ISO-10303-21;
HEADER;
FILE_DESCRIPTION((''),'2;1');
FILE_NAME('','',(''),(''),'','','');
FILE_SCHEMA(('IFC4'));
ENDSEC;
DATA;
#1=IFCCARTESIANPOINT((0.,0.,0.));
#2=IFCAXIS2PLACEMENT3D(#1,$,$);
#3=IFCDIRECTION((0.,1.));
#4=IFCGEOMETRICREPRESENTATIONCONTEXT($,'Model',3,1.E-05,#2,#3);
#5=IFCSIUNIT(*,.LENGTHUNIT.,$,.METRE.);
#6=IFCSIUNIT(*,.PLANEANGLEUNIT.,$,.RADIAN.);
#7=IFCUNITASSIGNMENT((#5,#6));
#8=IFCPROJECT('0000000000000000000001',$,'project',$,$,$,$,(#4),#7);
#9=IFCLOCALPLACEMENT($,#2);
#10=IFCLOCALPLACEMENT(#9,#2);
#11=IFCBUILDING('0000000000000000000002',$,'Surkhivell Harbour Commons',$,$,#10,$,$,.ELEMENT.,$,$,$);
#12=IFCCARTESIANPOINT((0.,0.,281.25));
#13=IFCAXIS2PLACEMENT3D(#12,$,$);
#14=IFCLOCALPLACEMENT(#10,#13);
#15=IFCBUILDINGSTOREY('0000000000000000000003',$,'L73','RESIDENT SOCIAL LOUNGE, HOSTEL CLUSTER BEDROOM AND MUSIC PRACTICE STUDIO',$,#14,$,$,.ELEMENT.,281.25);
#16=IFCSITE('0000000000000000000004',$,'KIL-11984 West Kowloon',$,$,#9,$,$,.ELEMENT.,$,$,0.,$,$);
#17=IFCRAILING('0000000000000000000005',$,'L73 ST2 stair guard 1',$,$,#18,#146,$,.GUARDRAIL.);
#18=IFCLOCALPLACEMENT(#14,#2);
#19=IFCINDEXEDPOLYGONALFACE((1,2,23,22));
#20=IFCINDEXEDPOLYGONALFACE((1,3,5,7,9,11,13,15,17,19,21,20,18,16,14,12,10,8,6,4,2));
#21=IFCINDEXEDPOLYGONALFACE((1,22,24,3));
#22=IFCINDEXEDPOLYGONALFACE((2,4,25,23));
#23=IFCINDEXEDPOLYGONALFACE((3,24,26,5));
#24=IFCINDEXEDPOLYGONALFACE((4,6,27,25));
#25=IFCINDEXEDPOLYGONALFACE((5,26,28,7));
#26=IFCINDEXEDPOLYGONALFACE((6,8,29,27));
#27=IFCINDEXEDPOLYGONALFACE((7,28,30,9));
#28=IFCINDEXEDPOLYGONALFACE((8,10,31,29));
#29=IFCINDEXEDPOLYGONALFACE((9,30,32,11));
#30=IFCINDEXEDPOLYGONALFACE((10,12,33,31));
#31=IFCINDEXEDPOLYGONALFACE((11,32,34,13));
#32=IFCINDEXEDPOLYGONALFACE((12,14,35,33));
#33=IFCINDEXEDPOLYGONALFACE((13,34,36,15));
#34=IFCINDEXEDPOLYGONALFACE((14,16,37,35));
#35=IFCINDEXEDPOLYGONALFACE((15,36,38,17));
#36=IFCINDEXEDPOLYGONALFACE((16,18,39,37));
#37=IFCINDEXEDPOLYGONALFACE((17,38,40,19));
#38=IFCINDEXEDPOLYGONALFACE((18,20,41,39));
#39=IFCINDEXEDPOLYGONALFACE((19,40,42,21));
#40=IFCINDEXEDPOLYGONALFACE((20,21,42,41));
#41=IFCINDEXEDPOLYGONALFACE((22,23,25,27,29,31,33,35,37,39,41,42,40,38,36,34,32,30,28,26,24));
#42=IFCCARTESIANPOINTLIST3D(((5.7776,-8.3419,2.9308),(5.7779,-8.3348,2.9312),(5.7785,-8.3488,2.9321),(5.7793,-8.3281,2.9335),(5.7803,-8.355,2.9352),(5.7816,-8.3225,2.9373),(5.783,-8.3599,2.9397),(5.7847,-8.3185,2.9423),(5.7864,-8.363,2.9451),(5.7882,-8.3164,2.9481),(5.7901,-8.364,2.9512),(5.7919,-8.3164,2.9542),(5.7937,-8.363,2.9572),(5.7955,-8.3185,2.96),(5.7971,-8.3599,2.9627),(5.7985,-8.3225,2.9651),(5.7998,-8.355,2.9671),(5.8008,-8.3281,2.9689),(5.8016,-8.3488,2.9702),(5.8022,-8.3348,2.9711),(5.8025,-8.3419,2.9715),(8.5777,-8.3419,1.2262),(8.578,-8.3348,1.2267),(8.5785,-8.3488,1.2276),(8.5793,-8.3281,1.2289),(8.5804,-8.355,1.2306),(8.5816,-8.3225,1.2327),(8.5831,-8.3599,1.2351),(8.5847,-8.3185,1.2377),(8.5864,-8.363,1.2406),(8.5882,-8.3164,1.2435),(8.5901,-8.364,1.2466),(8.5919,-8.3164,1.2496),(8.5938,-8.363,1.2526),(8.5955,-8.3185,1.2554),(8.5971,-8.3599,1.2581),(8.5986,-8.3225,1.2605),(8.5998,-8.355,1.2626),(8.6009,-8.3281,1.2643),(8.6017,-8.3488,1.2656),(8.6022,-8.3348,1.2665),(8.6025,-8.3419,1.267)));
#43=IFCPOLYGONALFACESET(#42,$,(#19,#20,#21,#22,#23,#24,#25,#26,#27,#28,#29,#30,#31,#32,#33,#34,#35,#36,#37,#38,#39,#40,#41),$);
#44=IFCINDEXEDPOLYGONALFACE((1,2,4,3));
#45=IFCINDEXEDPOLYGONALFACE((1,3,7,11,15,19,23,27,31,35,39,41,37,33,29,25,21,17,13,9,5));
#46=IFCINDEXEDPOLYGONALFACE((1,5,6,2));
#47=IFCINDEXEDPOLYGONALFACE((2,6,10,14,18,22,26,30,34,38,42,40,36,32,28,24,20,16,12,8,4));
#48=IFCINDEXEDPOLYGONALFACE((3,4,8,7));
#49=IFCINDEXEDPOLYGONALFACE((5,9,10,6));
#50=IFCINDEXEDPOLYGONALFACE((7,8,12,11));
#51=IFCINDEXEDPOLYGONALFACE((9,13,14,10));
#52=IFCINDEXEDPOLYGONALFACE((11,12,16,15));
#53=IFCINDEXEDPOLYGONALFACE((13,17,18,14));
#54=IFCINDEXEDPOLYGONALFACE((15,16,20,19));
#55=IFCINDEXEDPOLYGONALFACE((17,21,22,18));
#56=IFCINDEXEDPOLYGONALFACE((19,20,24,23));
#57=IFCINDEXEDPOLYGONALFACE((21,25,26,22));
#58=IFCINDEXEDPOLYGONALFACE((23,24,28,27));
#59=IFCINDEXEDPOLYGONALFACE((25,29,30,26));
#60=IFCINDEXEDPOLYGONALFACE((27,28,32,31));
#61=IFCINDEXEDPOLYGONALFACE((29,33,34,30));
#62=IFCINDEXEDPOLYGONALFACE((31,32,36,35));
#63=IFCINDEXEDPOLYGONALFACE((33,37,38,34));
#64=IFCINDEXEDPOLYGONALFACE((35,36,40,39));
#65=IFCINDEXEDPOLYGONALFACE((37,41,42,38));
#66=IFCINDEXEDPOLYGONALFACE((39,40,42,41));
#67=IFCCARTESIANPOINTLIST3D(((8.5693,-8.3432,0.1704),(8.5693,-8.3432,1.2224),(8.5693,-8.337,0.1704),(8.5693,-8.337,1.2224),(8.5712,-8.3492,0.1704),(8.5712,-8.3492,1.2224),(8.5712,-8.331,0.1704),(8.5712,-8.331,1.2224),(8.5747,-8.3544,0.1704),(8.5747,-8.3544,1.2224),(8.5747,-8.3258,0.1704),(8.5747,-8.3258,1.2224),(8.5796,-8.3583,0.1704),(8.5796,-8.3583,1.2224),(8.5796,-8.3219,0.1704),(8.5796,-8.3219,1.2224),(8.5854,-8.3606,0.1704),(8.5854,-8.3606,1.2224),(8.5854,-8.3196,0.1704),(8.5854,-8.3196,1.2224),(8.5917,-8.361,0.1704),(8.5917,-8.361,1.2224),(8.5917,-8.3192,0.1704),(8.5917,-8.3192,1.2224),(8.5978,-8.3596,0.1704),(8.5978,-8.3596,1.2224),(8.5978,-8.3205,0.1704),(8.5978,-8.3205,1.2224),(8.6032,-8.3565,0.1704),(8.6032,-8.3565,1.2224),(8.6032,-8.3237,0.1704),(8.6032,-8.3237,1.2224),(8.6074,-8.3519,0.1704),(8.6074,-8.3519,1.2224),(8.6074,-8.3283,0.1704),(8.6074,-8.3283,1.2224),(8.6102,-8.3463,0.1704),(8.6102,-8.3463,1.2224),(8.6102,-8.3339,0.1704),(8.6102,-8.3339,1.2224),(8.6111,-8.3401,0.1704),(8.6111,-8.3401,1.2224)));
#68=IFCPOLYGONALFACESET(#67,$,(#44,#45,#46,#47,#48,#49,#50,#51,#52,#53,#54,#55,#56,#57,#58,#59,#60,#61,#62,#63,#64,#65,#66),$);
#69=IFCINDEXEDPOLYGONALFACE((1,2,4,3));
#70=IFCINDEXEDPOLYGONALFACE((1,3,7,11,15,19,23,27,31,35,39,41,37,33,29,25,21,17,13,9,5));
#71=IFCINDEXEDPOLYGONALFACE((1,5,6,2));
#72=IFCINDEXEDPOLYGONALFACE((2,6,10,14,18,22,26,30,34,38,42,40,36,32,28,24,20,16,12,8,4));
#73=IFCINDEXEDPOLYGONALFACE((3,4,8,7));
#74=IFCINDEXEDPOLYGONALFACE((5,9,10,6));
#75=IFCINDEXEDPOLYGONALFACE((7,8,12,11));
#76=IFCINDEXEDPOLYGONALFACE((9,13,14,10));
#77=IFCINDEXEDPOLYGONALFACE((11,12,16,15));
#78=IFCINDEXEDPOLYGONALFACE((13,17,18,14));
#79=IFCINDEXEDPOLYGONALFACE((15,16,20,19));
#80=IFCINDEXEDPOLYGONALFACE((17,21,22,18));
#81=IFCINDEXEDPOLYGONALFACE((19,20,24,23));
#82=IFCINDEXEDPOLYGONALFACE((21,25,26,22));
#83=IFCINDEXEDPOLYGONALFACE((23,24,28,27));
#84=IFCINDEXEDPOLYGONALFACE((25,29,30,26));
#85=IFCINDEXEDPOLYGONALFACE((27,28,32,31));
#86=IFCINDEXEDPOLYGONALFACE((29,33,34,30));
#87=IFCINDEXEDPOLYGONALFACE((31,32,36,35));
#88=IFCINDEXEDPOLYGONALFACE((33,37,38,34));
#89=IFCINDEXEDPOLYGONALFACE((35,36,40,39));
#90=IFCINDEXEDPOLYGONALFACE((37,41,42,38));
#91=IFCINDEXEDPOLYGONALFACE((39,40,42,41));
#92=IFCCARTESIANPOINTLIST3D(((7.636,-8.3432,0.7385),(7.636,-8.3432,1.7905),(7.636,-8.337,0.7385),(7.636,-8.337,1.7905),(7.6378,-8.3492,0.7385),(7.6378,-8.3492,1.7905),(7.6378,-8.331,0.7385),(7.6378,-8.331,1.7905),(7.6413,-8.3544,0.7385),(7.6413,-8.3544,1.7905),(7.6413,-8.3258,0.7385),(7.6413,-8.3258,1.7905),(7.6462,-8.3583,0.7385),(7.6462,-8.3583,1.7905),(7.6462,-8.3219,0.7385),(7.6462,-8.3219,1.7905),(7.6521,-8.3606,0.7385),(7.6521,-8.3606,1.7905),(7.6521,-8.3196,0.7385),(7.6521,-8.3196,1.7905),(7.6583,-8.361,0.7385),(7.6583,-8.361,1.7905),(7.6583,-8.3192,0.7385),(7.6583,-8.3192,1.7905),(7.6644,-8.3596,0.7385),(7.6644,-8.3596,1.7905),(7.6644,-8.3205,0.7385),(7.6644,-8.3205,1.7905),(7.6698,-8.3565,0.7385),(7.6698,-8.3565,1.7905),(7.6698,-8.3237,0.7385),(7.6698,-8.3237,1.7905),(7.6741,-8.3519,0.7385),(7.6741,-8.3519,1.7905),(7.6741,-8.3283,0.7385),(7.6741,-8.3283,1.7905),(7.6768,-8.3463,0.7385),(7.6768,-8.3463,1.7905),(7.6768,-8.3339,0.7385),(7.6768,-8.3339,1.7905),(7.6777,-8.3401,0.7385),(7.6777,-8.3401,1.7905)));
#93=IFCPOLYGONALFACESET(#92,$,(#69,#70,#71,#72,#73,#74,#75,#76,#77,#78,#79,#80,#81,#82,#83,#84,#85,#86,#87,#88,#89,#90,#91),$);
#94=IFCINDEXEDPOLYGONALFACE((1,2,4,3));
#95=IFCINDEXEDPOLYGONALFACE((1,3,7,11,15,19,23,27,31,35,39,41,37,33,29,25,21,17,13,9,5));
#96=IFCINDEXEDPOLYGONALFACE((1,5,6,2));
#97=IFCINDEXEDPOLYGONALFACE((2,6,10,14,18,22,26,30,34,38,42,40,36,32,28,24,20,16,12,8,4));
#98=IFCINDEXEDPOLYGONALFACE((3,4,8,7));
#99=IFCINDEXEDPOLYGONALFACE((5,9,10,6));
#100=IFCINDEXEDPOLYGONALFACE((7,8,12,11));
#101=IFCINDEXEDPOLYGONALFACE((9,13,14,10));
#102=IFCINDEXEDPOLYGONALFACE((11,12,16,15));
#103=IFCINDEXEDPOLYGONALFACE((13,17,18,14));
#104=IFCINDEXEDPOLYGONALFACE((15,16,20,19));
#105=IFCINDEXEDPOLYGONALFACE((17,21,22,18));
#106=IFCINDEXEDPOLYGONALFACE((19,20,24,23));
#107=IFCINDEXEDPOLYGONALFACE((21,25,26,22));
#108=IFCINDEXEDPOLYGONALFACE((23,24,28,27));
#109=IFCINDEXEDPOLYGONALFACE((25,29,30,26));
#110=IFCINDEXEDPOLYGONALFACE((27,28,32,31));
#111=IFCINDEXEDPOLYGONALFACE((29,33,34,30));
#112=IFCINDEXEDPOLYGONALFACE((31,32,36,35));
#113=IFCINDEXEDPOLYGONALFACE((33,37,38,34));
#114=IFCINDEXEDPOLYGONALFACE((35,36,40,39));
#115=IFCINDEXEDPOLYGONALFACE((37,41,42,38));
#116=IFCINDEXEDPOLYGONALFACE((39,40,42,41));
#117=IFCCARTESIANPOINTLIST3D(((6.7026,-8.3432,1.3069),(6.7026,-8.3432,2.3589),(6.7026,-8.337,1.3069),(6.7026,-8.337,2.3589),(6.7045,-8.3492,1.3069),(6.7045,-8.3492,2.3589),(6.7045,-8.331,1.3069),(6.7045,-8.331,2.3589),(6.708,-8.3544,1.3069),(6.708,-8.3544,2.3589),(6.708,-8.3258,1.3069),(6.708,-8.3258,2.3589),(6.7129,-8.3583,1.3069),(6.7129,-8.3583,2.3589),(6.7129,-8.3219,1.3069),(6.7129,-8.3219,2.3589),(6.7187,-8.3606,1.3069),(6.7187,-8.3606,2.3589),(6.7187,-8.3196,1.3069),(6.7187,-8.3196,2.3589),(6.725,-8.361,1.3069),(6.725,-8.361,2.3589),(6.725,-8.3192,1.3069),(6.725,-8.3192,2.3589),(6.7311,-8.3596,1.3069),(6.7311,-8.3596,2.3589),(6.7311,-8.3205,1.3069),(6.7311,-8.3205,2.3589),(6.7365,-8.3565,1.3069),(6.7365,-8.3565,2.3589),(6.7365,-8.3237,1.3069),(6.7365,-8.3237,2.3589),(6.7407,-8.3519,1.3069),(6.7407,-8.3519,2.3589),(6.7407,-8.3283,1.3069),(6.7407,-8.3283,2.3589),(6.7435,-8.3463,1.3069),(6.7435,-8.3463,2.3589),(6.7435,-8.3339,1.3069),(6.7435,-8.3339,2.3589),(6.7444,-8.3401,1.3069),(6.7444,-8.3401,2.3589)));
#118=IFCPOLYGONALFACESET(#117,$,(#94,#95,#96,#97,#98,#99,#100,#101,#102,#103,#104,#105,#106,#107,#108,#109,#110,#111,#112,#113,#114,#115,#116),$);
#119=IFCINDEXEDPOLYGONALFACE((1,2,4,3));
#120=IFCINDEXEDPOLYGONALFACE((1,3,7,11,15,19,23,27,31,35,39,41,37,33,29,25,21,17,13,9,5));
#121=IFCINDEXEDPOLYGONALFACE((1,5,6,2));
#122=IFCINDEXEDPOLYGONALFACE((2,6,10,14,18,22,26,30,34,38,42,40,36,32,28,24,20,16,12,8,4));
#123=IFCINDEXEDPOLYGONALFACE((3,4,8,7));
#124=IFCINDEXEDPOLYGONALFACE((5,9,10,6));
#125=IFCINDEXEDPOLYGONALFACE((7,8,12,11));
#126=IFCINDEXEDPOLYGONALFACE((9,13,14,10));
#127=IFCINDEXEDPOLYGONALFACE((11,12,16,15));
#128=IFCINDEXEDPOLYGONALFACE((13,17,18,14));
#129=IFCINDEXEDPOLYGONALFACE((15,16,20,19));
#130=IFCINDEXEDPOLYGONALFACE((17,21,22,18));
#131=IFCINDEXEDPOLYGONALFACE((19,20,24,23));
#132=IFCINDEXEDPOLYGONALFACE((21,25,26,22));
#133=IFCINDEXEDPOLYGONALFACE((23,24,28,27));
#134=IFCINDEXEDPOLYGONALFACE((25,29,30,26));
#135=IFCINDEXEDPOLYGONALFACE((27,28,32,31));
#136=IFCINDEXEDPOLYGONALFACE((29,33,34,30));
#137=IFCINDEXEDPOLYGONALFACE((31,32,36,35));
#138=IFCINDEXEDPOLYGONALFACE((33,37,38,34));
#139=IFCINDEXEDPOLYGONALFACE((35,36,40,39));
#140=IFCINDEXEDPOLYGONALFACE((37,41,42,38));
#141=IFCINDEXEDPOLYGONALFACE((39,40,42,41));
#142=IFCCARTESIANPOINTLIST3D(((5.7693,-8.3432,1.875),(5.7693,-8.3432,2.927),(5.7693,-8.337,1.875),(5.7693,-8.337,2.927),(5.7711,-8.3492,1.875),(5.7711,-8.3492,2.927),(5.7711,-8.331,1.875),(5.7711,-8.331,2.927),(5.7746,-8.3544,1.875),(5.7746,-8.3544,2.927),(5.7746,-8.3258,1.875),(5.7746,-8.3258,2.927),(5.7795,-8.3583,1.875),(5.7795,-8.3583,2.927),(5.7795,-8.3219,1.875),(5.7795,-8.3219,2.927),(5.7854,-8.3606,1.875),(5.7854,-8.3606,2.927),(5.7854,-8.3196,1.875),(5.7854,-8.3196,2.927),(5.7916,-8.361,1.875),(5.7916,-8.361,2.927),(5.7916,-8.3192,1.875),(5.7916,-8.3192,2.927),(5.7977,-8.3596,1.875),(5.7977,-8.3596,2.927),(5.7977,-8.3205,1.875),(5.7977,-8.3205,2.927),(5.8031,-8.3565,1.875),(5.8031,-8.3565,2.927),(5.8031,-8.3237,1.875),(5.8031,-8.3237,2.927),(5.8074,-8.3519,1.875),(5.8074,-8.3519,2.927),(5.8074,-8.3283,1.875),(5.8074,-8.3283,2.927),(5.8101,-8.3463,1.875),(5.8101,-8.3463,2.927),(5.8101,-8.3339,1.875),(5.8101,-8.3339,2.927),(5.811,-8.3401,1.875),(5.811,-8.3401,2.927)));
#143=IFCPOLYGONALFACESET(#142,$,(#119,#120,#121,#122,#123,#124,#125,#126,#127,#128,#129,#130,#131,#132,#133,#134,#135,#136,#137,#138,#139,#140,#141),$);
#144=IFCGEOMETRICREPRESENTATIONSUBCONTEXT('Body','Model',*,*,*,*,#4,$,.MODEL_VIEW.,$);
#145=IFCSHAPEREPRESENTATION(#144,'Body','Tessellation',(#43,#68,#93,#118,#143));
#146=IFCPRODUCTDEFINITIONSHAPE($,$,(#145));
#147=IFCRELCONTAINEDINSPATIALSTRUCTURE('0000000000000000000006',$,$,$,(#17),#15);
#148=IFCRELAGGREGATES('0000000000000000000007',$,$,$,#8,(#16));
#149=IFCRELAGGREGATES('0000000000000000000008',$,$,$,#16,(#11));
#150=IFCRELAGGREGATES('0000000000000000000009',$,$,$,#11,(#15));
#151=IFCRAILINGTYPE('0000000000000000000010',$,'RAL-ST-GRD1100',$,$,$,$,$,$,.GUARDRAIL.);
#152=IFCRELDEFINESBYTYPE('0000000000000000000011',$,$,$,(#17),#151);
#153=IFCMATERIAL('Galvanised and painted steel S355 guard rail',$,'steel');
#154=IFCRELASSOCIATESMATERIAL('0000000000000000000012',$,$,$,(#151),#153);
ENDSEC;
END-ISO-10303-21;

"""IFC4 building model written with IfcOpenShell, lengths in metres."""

from ifc_helpers import new_model, si_unit, direction, frame, origin, origin_2d, place, context, subcontext, project, spatial, circle, extrude, material, type_object, element, save


model = new_model("IFC4")

# Units and contexts
model_context = context("Model", 3, precision=1e-05, world=origin(), true_north=direction((0.0, 1.0)))
body_context = subcontext(model_context, "Body", "Model", "MODEL_VIEW")
ifc_project = project(units=[si_unit("LENGTHUNIT", "METRE"), si_unit("PLANEANGLEUNIT", "RADIAN")], contexts=[model_context])

# Site, building, storey
site_placement = place(None, origin())
site = spatial("IfcSite", under=ifc_project, at=site_placement, Name="KIL-11984 West Kowloon", CompositionType="ELEMENT", RefElevation=0.0)
building_placement = place(site_placement, origin())
building = spatial("IfcBuilding", under=site, at=building_placement, Name="Surkhivell Harbour Commons", CompositionType="ELEMENT")
storey_placement = place(building_placement, frame((0.0, 0.0, 281.25)))
storey = spatial("IfcBuildingStorey", under=building, at=storey_placement, Name="L73", Description="RESIDENT SOCIAL LOUNGE, HOSTEL CLUSTER BEDROOM AND MUSIC PRACTICE STUDIO", CompositionType="ELEMENT", Elevation=281.25)

# Railing
ifc_material_1 = material(Name="Galvanised and painted steel S355 guard rail", Category="steel")
railing_type_1 = type_object("IfcRailingType", Name="RAL-ST-GRD1100", PredefinedType="GUARDRAIL", material=ifc_material_1)
railing_1_placement = place(storey_placement, frame((8.5901, -8.3401, 0.1704)))
element("IfcRailing", 1, at=railing_1_placement, inside=storey, type_object=railing_type_1, Name="L73 ST2 stair guard 1", PredefinedType="GUARDRAIL", context=body_context, shape_type="SweptSolid", body=[
    extrude(circle(Radius=0.0239, at=origin_2d()), frame((0.0, 0.0, 1.0762), z_axis=(-0.85417, 0.0, 0.519994), x_axis=(0.0, -1.0, 0.0)), (0.0, 0.0, 1.0), 3.2781),
    extrude(circle(Radius=0.021, at=origin_2d()), origin(), (0.0, 0.0, 1.0), 1.052),
    extrude(circle(Radius=0.021, at=origin_2d()), frame((-0.9333, 0.0, 0.5681)), (0.0, 0.0, 1.0), 1.052),
    extrude(circle(Radius=0.021, at=origin_2d()), frame((-1.8667, 0.0, 1.1365)), (0.0, 0.0, 1.0), 1.052),
    extrude(circle(Radius=0.021, at=origin_2d()), frame((-2.8, 0.0, 1.7046)), (0.0, 0.0, 1.0), 1.052),
])

save(model, "model.ifc")
